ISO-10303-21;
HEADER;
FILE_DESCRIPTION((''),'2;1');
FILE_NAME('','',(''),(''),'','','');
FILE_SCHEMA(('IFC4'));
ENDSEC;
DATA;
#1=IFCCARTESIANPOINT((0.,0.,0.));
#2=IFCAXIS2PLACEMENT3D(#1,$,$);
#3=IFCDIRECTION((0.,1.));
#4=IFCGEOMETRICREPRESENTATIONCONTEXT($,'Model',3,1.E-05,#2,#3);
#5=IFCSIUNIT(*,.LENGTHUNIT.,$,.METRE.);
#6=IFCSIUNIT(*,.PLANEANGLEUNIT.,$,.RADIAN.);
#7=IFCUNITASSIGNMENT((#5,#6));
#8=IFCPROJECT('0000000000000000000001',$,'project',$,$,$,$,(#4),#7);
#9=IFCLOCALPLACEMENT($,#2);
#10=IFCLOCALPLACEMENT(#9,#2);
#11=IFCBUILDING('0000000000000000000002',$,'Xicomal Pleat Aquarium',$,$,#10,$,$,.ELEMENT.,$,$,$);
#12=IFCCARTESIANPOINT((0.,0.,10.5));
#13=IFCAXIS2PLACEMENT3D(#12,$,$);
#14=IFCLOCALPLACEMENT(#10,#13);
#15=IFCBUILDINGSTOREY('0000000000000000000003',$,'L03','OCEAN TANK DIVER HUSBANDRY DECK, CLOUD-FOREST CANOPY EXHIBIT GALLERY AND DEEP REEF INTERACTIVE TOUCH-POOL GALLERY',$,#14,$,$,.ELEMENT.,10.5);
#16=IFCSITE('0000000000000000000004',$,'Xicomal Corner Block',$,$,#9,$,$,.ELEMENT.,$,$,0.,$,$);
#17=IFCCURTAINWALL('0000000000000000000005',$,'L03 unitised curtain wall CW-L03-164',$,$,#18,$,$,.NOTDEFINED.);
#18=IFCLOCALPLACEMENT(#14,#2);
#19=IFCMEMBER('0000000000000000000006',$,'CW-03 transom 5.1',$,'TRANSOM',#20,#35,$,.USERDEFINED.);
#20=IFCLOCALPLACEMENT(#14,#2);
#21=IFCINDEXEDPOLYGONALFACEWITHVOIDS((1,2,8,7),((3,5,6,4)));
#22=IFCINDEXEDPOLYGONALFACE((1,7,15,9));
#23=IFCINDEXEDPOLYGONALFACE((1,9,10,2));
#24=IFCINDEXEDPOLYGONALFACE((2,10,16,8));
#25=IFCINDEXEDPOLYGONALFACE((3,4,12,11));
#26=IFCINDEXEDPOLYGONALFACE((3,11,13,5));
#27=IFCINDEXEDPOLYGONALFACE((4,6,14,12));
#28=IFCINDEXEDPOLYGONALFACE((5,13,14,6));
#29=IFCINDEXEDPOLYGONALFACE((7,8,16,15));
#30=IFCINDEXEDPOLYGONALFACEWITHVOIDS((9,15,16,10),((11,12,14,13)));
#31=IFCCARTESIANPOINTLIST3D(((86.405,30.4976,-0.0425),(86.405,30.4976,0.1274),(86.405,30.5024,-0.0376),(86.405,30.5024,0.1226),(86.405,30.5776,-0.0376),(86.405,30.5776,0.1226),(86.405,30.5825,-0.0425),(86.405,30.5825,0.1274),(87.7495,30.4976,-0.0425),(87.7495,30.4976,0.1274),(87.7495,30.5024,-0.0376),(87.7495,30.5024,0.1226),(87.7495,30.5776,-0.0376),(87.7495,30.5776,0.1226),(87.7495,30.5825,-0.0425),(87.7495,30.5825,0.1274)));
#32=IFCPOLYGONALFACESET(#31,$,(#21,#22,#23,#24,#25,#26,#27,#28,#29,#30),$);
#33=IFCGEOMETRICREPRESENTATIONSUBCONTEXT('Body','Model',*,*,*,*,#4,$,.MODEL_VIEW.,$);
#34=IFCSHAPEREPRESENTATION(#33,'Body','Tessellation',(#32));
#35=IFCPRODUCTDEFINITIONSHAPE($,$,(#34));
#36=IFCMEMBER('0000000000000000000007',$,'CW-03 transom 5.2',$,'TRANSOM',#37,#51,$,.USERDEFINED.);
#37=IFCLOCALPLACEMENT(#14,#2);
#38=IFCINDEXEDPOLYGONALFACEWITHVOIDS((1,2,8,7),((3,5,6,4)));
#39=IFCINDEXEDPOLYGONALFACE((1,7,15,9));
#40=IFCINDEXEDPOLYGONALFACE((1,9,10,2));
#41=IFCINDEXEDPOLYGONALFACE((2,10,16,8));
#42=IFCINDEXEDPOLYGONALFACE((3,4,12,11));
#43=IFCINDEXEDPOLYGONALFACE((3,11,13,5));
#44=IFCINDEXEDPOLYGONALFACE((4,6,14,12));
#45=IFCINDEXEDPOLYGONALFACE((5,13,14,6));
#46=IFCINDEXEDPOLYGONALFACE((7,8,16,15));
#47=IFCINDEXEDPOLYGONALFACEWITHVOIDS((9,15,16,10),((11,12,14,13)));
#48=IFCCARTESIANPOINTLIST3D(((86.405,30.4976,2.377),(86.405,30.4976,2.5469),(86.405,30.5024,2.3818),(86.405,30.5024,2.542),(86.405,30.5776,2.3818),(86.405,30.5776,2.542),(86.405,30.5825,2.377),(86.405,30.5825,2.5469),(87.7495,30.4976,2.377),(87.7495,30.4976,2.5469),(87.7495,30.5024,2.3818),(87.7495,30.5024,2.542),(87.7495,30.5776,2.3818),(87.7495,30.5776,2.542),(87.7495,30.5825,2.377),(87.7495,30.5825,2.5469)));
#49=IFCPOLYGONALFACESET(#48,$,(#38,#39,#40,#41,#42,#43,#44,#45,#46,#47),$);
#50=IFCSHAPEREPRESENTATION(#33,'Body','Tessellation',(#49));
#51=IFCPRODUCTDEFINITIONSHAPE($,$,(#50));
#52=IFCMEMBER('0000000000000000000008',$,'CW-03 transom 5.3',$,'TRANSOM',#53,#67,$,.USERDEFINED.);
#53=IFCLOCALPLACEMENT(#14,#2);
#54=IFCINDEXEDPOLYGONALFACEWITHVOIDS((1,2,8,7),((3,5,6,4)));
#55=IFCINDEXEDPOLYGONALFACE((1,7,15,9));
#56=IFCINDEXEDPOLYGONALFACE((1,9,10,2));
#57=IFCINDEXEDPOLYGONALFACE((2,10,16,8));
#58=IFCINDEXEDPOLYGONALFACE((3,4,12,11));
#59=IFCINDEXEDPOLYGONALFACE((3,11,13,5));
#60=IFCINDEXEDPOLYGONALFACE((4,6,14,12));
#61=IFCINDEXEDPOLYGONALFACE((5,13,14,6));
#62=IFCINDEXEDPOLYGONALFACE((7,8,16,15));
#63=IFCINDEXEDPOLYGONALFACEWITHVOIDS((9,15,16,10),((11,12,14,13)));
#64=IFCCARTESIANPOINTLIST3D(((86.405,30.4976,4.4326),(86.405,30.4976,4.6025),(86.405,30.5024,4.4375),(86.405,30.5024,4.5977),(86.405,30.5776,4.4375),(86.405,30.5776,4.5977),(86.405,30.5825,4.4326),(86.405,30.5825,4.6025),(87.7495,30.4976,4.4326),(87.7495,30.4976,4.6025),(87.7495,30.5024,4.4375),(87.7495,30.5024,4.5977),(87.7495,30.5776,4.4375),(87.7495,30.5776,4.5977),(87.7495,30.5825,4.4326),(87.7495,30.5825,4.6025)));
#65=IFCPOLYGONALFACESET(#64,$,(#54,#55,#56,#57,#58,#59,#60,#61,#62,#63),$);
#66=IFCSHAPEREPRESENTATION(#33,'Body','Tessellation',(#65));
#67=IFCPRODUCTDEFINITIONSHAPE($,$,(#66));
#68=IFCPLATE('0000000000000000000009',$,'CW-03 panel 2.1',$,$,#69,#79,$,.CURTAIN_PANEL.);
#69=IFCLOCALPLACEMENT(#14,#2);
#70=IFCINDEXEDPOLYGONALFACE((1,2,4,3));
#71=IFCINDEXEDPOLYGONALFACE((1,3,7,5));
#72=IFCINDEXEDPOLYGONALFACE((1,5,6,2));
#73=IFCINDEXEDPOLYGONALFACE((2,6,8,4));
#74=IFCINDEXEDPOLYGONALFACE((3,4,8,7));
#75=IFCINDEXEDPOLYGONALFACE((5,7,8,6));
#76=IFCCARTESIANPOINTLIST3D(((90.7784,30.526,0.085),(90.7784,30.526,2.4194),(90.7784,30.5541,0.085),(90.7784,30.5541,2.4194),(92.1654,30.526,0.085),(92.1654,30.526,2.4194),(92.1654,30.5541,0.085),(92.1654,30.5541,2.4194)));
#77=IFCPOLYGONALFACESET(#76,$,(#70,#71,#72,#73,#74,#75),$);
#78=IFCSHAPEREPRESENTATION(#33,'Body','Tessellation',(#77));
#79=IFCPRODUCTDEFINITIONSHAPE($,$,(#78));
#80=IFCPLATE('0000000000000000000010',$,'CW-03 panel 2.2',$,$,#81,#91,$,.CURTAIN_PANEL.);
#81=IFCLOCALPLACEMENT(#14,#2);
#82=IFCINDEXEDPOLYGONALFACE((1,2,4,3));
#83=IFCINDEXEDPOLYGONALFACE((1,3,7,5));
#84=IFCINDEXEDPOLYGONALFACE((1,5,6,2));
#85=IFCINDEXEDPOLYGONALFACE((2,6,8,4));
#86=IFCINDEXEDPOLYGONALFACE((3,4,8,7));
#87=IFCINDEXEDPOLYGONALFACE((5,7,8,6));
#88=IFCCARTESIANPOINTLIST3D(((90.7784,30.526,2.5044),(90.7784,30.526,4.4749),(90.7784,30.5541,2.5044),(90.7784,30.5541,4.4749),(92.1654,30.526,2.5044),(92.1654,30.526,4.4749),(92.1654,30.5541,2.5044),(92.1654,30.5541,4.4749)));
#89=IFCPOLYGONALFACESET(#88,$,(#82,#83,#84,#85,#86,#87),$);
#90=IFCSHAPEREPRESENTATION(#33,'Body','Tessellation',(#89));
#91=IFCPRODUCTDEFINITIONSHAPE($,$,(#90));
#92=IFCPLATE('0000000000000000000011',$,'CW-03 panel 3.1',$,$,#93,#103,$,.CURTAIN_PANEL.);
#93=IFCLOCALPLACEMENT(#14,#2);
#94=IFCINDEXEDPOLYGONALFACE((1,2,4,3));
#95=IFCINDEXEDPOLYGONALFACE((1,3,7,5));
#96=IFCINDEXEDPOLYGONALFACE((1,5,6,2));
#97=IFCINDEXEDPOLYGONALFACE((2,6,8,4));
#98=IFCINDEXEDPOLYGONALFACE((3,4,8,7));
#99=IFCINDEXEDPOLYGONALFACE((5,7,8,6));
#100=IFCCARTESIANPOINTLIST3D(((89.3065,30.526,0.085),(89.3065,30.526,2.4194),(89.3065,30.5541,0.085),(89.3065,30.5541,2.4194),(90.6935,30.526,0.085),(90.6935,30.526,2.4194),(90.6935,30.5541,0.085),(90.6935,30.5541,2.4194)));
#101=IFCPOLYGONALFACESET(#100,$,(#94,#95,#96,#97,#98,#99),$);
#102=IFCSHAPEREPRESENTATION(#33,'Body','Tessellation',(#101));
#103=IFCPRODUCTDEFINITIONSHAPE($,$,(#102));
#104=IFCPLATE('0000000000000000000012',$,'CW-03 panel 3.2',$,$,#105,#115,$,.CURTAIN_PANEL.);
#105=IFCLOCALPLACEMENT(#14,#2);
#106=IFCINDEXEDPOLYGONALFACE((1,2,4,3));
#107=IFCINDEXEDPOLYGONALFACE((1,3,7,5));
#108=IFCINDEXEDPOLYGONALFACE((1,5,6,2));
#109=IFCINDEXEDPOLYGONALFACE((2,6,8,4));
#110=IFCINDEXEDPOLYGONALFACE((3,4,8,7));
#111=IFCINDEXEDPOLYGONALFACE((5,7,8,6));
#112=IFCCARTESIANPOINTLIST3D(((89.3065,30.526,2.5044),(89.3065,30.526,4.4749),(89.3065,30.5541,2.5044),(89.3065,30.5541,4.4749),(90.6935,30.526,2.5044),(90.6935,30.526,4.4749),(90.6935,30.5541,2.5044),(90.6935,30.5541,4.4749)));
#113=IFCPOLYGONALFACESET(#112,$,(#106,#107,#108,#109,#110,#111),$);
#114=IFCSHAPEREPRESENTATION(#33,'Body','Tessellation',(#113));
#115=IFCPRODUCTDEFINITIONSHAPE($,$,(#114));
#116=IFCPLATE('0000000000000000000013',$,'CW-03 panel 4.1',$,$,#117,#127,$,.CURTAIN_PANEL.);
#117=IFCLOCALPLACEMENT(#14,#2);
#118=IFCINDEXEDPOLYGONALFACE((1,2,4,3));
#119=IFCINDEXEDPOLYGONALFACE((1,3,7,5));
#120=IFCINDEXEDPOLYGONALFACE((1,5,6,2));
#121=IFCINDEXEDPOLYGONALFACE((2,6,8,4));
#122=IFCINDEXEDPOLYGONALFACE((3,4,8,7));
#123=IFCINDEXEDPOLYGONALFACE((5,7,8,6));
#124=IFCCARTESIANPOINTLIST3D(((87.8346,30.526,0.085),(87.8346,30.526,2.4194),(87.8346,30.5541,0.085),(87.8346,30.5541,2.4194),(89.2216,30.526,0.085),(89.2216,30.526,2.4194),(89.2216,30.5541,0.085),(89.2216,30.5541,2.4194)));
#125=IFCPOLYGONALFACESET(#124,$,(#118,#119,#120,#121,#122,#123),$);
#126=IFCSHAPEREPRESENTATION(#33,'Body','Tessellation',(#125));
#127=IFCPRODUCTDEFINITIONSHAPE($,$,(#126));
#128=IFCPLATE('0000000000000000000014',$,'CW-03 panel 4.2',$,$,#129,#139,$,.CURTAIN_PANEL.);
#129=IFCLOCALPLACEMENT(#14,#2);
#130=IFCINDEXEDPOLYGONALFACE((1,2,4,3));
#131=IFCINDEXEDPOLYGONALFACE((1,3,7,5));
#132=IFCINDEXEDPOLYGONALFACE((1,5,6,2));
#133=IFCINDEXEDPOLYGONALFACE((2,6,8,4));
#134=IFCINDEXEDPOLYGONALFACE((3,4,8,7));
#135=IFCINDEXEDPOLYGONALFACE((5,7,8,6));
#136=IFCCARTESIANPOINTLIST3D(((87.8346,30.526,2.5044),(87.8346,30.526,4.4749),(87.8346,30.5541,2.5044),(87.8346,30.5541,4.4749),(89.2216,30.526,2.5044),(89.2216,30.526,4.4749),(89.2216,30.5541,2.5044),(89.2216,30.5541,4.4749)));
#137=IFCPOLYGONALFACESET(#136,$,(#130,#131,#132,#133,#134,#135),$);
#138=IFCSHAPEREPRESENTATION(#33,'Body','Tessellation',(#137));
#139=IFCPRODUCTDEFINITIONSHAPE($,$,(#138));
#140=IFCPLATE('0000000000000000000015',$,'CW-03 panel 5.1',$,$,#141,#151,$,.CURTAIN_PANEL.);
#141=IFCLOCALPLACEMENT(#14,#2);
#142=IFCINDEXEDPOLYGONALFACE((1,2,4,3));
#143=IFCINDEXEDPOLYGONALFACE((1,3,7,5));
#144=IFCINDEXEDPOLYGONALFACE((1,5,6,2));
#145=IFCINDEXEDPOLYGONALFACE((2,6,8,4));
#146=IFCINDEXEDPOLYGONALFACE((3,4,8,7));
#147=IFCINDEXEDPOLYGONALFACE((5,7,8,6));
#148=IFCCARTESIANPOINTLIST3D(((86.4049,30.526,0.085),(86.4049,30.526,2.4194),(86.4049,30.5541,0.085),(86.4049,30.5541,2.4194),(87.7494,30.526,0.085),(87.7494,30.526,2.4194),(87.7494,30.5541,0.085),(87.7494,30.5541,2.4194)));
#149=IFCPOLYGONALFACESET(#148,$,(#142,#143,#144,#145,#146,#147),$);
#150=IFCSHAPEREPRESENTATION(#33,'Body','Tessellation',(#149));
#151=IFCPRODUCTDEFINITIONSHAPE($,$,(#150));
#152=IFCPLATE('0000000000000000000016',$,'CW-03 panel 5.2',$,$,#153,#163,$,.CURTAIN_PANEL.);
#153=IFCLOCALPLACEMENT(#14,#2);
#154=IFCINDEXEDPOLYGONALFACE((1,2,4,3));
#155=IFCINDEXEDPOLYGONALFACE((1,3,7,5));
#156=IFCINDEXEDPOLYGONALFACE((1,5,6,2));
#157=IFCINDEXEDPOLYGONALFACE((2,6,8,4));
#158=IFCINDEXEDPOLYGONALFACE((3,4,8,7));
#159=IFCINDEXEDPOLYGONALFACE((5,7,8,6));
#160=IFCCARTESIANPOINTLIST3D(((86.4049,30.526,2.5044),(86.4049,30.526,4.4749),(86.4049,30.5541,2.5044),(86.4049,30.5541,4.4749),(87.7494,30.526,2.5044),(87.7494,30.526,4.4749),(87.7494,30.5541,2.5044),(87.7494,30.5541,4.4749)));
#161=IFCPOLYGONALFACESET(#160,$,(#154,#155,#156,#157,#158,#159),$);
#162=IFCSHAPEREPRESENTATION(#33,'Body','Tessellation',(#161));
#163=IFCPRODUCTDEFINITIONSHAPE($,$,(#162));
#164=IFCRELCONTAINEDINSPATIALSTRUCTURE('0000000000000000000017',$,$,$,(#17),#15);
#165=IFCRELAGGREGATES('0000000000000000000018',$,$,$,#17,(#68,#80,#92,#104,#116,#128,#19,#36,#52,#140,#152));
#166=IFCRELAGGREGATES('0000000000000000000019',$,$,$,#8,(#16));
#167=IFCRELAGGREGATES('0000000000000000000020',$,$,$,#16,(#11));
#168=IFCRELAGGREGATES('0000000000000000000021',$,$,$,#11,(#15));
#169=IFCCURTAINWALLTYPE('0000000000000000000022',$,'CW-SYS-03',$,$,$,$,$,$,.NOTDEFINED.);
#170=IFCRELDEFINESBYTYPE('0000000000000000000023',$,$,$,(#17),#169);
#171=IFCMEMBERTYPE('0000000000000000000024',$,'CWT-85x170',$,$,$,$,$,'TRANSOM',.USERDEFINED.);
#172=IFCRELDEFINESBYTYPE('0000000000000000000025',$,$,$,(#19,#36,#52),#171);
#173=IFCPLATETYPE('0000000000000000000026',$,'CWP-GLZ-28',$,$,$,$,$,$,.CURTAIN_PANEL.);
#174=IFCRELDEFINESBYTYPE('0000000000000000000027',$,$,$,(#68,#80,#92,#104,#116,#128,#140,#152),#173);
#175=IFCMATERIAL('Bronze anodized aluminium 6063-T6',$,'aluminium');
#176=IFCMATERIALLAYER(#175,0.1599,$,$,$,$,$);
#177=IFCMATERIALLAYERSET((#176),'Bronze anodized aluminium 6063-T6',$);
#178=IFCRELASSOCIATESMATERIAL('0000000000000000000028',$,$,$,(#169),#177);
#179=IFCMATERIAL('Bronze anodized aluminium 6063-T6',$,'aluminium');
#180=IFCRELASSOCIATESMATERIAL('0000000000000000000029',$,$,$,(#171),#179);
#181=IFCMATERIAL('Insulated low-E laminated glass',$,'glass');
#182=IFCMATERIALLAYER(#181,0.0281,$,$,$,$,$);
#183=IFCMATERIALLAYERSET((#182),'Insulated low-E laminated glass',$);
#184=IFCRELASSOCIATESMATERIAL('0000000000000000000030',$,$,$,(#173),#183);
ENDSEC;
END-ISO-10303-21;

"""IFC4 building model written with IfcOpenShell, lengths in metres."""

from ifc_helpers import new_model, si_unit, direction, frame, origin, origin_2d, place, context, subcontext, project, spatial, rectangle, hollow_rectangle, extrude, material, layer, layer_set, material_profile, profile_set, type_object, element, aggregate, save


model = new_model("IFC4")

# Units and contexts
model_context = context("Model", 3, precision=1e-05, world=origin(), true_north=direction((0.0, 1.0)))
body_context = subcontext(model_context, "Body", "Model", "MODEL_VIEW")
ifc_project = project(units=[si_unit("LENGTHUNIT", "METRE"), si_unit("PLANEANGLEUNIT", "RADIAN")], contexts=[model_context])

# Site, building, storey
site_placement = place(None, origin())
site = spatial("IfcSite", under=ifc_project, at=site_placement, Name="Xicomal Corner Block", CompositionType="ELEMENT", RefElevation=0.0)
building_placement = place(site_placement, origin())
building = spatial("IfcBuilding", under=site, at=building_placement, Name="Xicomal Pleat Aquarium", CompositionType="ELEMENT")
storey_placement = place(building_placement, frame((0.0, 0.0, 10.5)))
storey = spatial("IfcBuildingStorey", under=building, at=storey_placement, Name="L03", Description="OCEAN TANK DIVER HUSBANDRY DECK, CLOUD-FOREST CANOPY EXHIBIT GALLERY AND DEEP REEF INTERACTIVE TOUCH-POOL GALLERY", CompositionType="ELEMENT", Elevation=10.5)

# Curtain wall, members, plates
ifc_material_1 = material(Name="Bronze anodized aluminium 6063-T6", Category="aluminium")
ifc_layer_1 = layer(ifc_material_1, 0.1599)
ifc_layer_set_1 = layer_set([ifc_layer_1], Name="Bronze anodized aluminium 6063-T6")
curtain_wall_type = type_object("IfcCurtainWallType", Name="CW-SYS-03", PredefinedType="NOTDEFINED", material=ifc_layer_set_1)
curtain_wall_placement = place(storey_placement, origin())
curtain_wall = element("IfcCurtainWall", 1, at=curtain_wall_placement, inside=storey, type_object=curtain_wall_type, Name="L03 unitised curtain wall CW-L03-164", PredefinedType="NOTDEFINED")
ifc_material_2 = material(Name="Bronze anodized aluminium 6063-T6", Category="aluminium")
ifc_material_profile_1 = material_profile(ifc_material_2, hollow_rectangle(XDim=0.085, YDim=0.1699, WallThickness=0.0049, at=origin_2d()), Name="ALU TRAN 85x170")
ifc_profile_set_1 = profile_set([ifc_material_profile_1], Name="Bronze anodized aluminium 6063-T6")
member_type_1 = type_object("IfcMemberType", Name="CWT-85x170", ElementType="TRANSOM", PredefinedType="USERDEFINED", material=ifc_profile_set_1)
member_1_placement = place(storey_placement, frame((87.7495, 30.54, 0.0425), z_axis=(-1.0, 0.0, 0.0), x_axis=(0.0, -1.0, 0.0)))
member_1 = element("IfcMember", 2, at=member_1_placement, type_object=member_type_1, Name="CW-03 transom 5.1", ObjectType="TRANSOM", PredefinedType="USERDEFINED", context=body_context, shape_type="SweptSolid", body=[
    extrude(hollow_rectangle(XDim=0.085, YDim=0.1699, WallThickness=0.0049, at=origin_2d()), origin(), (0.0, 0.0, 1.0), 1.3445),
])
member_2_placement = place(storey_placement, frame((87.7495, 30.54, 2.4619), z_axis=(-1.0, 0.0, 0.0), x_axis=(0.0, -1.0, 0.0)))
member_2 = element("IfcMember", 3, at=member_2_placement, type_object=member_type_1, Name="CW-03 transom 5.2", ObjectType="TRANSOM", PredefinedType="USERDEFINED", context=body_context, shape_type="SweptSolid", body=[
    extrude(hollow_rectangle(XDim=0.085, YDim=0.1699, WallThickness=0.0049, at=origin_2d()), origin(), (0.0, 0.0, 1.0), 1.3445),
])
member_3_placement = place(storey_placement, frame((87.7495, 30.54, 4.5176), z_axis=(-1.0, 0.0, 0.0), x_axis=(0.0, -1.0, 0.0)))
member_3 = element("IfcMember", 4, at=member_3_placement, type_object=member_type_1, Name="CW-03 transom 5.3", ObjectType="TRANSOM", PredefinedType="USERDEFINED", context=body_context, shape_type="SweptSolid", body=[
    extrude(hollow_rectangle(XDim=0.085, YDim=0.1699, WallThickness=0.0049, at=origin_2d()), origin(), (0.0, 0.0, 1.0), 1.3445),
])
ifc_material_3 = material(Name="Insulated low-E laminated glass", Category="glass")
ifc_layer_2 = layer(ifc_material_3, 0.0281)
ifc_layer_set_2 = layer_set([ifc_layer_2], Name="Insulated low-E laminated glass")
plate_type = type_object("IfcPlateType", Name="CWP-GLZ-28", PredefinedType="CURTAIN_PANEL", material=ifc_layer_set_2)
plate_1_placement = place(storey_placement, frame((91.4719, 30.54, 0.085), z_axis=(0.0, 0.0, 1.0), x_axis=(-1.0, 0.0, 0.0)))
plate_1 = element("IfcPlate", 5, at=plate_1_placement, type_object=plate_type, Name="CW-03 panel 2.1", PredefinedType="CURTAIN_PANEL", context=body_context, shape_type="SweptSolid", body=[
    extrude(rectangle(XDim=1.387, YDim=0.0281, at=origin_2d()), origin(), (0.0, 0.0, 1.0), 2.3345),
])
plate_2_placement = place(storey_placement, frame((91.4719, 30.54, 2.5044), z_axis=(0.0, 0.0, 1.0), x_axis=(-1.0, 0.0, 0.0)))
plate_2 = element("IfcPlate", 6, at=plate_2_placement, type_object=plate_type, Name="CW-03 panel 2.2", PredefinedType="CURTAIN_PANEL", context=body_context, shape_type="SweptSolid", body=[
    extrude(rectangle(XDim=1.387, YDim=0.0281, at=origin_2d()), origin(), (0.0, 0.0, 1.0), 1.9705),
])
plate_3_placement = place(storey_placement, frame((90.0, 30.54, 0.085), z_axis=(0.0, 0.0, 1.0), x_axis=(-1.0, 0.0, 0.0)))
plate_3 = element("IfcPlate", 7, at=plate_3_placement, type_object=plate_type, Name="CW-03 panel 3.1", PredefinedType="CURTAIN_PANEL", context=body_context, shape_type="SweptSolid", body=[
    extrude(rectangle(XDim=1.387, YDim=0.0281, at=origin_2d()), origin(), (0.0, 0.0, 1.0), 2.3345),
])
plate_4_placement = place(storey_placement, frame((90.0, 30.54, 2.5044), z_axis=(0.0, 0.0, 1.0), x_axis=(-1.0, 0.0, 0.0)))
plate_4 = element("IfcPlate", 8, at=plate_4_placement, type_object=plate_type, Name="CW-03 panel 3.2", PredefinedType="CURTAIN_PANEL", context=body_context, shape_type="SweptSolid", body=[
    extrude(rectangle(XDim=1.387, YDim=0.0281, at=origin_2d()), origin(), (0.0, 0.0, 1.0), 1.9705),
])
plate_5_placement = place(storey_placement, frame((88.5281, 30.54, 0.085), z_axis=(0.0, 0.0, 1.0), x_axis=(-1.0, 0.0, 0.0)))
plate_5 = element("IfcPlate", 9, at=plate_5_placement, type_object=plate_type, Name="CW-03 panel 4.1", PredefinedType="CURTAIN_PANEL", context=body_context, shape_type="SweptSolid", body=[
    extrude(rectangle(XDim=1.387, YDim=0.0281, at=origin_2d()), origin(), (0.0, 0.0, 1.0), 2.3345),
])
plate_6_placement = place(storey_placement, frame((88.5281, 30.54, 2.5044), z_axis=(0.0, 0.0, 1.0), x_axis=(-1.0, 0.0, 0.0)))
plate_6 = element("IfcPlate", 10, at=plate_6_placement, type_object=plate_type, Name="CW-03 panel 4.2", PredefinedType="CURTAIN_PANEL", context=body_context, shape_type="SweptSolid", body=[
    extrude(rectangle(XDim=1.387, YDim=0.0281, at=origin_2d()), origin(), (0.0, 0.0, 1.0), 1.9705),
])
plate_7_placement = place(storey_placement, frame((87.0771, 30.54, 0.085), z_axis=(0.0, 0.0, 1.0), x_axis=(-1.0, 0.0, 0.0)))
plate_7 = element("IfcPlate", 11, at=plate_7_placement, type_object=plate_type, Name="CW-03 panel 5.1", PredefinedType="CURTAIN_PANEL", context=body_context, shape_type="SweptSolid", body=[
    extrude(rectangle(XDim=1.3445, YDim=0.0281, at=origin_2d()), origin(), (0.0, 0.0, 1.0), 2.3345),
])
plate_8_placement = place(storey_placement, frame((87.0771, 30.54, 2.5044), z_axis=(0.0, 0.0, 1.0), x_axis=(-1.0, 0.0, 0.0)))
plate_8 = element("IfcPlate", 12, at=plate_8_placement, type_object=plate_type, Name="CW-03 panel 5.2", PredefinedType="CURTAIN_PANEL", context=body_context, shape_type="SweptSolid", body=[
    extrude(rectangle(XDim=1.3445, YDim=0.0281, at=origin_2d()), origin(), (0.0, 0.0, 1.0), 1.9705),
])
aggregate(curtain_wall, [plate_1, plate_2, plate_3, plate_4, plate_5, plate_6, member_1, member_2, member_3, plate_7, plate_8])

save(model, "model.ifc")
